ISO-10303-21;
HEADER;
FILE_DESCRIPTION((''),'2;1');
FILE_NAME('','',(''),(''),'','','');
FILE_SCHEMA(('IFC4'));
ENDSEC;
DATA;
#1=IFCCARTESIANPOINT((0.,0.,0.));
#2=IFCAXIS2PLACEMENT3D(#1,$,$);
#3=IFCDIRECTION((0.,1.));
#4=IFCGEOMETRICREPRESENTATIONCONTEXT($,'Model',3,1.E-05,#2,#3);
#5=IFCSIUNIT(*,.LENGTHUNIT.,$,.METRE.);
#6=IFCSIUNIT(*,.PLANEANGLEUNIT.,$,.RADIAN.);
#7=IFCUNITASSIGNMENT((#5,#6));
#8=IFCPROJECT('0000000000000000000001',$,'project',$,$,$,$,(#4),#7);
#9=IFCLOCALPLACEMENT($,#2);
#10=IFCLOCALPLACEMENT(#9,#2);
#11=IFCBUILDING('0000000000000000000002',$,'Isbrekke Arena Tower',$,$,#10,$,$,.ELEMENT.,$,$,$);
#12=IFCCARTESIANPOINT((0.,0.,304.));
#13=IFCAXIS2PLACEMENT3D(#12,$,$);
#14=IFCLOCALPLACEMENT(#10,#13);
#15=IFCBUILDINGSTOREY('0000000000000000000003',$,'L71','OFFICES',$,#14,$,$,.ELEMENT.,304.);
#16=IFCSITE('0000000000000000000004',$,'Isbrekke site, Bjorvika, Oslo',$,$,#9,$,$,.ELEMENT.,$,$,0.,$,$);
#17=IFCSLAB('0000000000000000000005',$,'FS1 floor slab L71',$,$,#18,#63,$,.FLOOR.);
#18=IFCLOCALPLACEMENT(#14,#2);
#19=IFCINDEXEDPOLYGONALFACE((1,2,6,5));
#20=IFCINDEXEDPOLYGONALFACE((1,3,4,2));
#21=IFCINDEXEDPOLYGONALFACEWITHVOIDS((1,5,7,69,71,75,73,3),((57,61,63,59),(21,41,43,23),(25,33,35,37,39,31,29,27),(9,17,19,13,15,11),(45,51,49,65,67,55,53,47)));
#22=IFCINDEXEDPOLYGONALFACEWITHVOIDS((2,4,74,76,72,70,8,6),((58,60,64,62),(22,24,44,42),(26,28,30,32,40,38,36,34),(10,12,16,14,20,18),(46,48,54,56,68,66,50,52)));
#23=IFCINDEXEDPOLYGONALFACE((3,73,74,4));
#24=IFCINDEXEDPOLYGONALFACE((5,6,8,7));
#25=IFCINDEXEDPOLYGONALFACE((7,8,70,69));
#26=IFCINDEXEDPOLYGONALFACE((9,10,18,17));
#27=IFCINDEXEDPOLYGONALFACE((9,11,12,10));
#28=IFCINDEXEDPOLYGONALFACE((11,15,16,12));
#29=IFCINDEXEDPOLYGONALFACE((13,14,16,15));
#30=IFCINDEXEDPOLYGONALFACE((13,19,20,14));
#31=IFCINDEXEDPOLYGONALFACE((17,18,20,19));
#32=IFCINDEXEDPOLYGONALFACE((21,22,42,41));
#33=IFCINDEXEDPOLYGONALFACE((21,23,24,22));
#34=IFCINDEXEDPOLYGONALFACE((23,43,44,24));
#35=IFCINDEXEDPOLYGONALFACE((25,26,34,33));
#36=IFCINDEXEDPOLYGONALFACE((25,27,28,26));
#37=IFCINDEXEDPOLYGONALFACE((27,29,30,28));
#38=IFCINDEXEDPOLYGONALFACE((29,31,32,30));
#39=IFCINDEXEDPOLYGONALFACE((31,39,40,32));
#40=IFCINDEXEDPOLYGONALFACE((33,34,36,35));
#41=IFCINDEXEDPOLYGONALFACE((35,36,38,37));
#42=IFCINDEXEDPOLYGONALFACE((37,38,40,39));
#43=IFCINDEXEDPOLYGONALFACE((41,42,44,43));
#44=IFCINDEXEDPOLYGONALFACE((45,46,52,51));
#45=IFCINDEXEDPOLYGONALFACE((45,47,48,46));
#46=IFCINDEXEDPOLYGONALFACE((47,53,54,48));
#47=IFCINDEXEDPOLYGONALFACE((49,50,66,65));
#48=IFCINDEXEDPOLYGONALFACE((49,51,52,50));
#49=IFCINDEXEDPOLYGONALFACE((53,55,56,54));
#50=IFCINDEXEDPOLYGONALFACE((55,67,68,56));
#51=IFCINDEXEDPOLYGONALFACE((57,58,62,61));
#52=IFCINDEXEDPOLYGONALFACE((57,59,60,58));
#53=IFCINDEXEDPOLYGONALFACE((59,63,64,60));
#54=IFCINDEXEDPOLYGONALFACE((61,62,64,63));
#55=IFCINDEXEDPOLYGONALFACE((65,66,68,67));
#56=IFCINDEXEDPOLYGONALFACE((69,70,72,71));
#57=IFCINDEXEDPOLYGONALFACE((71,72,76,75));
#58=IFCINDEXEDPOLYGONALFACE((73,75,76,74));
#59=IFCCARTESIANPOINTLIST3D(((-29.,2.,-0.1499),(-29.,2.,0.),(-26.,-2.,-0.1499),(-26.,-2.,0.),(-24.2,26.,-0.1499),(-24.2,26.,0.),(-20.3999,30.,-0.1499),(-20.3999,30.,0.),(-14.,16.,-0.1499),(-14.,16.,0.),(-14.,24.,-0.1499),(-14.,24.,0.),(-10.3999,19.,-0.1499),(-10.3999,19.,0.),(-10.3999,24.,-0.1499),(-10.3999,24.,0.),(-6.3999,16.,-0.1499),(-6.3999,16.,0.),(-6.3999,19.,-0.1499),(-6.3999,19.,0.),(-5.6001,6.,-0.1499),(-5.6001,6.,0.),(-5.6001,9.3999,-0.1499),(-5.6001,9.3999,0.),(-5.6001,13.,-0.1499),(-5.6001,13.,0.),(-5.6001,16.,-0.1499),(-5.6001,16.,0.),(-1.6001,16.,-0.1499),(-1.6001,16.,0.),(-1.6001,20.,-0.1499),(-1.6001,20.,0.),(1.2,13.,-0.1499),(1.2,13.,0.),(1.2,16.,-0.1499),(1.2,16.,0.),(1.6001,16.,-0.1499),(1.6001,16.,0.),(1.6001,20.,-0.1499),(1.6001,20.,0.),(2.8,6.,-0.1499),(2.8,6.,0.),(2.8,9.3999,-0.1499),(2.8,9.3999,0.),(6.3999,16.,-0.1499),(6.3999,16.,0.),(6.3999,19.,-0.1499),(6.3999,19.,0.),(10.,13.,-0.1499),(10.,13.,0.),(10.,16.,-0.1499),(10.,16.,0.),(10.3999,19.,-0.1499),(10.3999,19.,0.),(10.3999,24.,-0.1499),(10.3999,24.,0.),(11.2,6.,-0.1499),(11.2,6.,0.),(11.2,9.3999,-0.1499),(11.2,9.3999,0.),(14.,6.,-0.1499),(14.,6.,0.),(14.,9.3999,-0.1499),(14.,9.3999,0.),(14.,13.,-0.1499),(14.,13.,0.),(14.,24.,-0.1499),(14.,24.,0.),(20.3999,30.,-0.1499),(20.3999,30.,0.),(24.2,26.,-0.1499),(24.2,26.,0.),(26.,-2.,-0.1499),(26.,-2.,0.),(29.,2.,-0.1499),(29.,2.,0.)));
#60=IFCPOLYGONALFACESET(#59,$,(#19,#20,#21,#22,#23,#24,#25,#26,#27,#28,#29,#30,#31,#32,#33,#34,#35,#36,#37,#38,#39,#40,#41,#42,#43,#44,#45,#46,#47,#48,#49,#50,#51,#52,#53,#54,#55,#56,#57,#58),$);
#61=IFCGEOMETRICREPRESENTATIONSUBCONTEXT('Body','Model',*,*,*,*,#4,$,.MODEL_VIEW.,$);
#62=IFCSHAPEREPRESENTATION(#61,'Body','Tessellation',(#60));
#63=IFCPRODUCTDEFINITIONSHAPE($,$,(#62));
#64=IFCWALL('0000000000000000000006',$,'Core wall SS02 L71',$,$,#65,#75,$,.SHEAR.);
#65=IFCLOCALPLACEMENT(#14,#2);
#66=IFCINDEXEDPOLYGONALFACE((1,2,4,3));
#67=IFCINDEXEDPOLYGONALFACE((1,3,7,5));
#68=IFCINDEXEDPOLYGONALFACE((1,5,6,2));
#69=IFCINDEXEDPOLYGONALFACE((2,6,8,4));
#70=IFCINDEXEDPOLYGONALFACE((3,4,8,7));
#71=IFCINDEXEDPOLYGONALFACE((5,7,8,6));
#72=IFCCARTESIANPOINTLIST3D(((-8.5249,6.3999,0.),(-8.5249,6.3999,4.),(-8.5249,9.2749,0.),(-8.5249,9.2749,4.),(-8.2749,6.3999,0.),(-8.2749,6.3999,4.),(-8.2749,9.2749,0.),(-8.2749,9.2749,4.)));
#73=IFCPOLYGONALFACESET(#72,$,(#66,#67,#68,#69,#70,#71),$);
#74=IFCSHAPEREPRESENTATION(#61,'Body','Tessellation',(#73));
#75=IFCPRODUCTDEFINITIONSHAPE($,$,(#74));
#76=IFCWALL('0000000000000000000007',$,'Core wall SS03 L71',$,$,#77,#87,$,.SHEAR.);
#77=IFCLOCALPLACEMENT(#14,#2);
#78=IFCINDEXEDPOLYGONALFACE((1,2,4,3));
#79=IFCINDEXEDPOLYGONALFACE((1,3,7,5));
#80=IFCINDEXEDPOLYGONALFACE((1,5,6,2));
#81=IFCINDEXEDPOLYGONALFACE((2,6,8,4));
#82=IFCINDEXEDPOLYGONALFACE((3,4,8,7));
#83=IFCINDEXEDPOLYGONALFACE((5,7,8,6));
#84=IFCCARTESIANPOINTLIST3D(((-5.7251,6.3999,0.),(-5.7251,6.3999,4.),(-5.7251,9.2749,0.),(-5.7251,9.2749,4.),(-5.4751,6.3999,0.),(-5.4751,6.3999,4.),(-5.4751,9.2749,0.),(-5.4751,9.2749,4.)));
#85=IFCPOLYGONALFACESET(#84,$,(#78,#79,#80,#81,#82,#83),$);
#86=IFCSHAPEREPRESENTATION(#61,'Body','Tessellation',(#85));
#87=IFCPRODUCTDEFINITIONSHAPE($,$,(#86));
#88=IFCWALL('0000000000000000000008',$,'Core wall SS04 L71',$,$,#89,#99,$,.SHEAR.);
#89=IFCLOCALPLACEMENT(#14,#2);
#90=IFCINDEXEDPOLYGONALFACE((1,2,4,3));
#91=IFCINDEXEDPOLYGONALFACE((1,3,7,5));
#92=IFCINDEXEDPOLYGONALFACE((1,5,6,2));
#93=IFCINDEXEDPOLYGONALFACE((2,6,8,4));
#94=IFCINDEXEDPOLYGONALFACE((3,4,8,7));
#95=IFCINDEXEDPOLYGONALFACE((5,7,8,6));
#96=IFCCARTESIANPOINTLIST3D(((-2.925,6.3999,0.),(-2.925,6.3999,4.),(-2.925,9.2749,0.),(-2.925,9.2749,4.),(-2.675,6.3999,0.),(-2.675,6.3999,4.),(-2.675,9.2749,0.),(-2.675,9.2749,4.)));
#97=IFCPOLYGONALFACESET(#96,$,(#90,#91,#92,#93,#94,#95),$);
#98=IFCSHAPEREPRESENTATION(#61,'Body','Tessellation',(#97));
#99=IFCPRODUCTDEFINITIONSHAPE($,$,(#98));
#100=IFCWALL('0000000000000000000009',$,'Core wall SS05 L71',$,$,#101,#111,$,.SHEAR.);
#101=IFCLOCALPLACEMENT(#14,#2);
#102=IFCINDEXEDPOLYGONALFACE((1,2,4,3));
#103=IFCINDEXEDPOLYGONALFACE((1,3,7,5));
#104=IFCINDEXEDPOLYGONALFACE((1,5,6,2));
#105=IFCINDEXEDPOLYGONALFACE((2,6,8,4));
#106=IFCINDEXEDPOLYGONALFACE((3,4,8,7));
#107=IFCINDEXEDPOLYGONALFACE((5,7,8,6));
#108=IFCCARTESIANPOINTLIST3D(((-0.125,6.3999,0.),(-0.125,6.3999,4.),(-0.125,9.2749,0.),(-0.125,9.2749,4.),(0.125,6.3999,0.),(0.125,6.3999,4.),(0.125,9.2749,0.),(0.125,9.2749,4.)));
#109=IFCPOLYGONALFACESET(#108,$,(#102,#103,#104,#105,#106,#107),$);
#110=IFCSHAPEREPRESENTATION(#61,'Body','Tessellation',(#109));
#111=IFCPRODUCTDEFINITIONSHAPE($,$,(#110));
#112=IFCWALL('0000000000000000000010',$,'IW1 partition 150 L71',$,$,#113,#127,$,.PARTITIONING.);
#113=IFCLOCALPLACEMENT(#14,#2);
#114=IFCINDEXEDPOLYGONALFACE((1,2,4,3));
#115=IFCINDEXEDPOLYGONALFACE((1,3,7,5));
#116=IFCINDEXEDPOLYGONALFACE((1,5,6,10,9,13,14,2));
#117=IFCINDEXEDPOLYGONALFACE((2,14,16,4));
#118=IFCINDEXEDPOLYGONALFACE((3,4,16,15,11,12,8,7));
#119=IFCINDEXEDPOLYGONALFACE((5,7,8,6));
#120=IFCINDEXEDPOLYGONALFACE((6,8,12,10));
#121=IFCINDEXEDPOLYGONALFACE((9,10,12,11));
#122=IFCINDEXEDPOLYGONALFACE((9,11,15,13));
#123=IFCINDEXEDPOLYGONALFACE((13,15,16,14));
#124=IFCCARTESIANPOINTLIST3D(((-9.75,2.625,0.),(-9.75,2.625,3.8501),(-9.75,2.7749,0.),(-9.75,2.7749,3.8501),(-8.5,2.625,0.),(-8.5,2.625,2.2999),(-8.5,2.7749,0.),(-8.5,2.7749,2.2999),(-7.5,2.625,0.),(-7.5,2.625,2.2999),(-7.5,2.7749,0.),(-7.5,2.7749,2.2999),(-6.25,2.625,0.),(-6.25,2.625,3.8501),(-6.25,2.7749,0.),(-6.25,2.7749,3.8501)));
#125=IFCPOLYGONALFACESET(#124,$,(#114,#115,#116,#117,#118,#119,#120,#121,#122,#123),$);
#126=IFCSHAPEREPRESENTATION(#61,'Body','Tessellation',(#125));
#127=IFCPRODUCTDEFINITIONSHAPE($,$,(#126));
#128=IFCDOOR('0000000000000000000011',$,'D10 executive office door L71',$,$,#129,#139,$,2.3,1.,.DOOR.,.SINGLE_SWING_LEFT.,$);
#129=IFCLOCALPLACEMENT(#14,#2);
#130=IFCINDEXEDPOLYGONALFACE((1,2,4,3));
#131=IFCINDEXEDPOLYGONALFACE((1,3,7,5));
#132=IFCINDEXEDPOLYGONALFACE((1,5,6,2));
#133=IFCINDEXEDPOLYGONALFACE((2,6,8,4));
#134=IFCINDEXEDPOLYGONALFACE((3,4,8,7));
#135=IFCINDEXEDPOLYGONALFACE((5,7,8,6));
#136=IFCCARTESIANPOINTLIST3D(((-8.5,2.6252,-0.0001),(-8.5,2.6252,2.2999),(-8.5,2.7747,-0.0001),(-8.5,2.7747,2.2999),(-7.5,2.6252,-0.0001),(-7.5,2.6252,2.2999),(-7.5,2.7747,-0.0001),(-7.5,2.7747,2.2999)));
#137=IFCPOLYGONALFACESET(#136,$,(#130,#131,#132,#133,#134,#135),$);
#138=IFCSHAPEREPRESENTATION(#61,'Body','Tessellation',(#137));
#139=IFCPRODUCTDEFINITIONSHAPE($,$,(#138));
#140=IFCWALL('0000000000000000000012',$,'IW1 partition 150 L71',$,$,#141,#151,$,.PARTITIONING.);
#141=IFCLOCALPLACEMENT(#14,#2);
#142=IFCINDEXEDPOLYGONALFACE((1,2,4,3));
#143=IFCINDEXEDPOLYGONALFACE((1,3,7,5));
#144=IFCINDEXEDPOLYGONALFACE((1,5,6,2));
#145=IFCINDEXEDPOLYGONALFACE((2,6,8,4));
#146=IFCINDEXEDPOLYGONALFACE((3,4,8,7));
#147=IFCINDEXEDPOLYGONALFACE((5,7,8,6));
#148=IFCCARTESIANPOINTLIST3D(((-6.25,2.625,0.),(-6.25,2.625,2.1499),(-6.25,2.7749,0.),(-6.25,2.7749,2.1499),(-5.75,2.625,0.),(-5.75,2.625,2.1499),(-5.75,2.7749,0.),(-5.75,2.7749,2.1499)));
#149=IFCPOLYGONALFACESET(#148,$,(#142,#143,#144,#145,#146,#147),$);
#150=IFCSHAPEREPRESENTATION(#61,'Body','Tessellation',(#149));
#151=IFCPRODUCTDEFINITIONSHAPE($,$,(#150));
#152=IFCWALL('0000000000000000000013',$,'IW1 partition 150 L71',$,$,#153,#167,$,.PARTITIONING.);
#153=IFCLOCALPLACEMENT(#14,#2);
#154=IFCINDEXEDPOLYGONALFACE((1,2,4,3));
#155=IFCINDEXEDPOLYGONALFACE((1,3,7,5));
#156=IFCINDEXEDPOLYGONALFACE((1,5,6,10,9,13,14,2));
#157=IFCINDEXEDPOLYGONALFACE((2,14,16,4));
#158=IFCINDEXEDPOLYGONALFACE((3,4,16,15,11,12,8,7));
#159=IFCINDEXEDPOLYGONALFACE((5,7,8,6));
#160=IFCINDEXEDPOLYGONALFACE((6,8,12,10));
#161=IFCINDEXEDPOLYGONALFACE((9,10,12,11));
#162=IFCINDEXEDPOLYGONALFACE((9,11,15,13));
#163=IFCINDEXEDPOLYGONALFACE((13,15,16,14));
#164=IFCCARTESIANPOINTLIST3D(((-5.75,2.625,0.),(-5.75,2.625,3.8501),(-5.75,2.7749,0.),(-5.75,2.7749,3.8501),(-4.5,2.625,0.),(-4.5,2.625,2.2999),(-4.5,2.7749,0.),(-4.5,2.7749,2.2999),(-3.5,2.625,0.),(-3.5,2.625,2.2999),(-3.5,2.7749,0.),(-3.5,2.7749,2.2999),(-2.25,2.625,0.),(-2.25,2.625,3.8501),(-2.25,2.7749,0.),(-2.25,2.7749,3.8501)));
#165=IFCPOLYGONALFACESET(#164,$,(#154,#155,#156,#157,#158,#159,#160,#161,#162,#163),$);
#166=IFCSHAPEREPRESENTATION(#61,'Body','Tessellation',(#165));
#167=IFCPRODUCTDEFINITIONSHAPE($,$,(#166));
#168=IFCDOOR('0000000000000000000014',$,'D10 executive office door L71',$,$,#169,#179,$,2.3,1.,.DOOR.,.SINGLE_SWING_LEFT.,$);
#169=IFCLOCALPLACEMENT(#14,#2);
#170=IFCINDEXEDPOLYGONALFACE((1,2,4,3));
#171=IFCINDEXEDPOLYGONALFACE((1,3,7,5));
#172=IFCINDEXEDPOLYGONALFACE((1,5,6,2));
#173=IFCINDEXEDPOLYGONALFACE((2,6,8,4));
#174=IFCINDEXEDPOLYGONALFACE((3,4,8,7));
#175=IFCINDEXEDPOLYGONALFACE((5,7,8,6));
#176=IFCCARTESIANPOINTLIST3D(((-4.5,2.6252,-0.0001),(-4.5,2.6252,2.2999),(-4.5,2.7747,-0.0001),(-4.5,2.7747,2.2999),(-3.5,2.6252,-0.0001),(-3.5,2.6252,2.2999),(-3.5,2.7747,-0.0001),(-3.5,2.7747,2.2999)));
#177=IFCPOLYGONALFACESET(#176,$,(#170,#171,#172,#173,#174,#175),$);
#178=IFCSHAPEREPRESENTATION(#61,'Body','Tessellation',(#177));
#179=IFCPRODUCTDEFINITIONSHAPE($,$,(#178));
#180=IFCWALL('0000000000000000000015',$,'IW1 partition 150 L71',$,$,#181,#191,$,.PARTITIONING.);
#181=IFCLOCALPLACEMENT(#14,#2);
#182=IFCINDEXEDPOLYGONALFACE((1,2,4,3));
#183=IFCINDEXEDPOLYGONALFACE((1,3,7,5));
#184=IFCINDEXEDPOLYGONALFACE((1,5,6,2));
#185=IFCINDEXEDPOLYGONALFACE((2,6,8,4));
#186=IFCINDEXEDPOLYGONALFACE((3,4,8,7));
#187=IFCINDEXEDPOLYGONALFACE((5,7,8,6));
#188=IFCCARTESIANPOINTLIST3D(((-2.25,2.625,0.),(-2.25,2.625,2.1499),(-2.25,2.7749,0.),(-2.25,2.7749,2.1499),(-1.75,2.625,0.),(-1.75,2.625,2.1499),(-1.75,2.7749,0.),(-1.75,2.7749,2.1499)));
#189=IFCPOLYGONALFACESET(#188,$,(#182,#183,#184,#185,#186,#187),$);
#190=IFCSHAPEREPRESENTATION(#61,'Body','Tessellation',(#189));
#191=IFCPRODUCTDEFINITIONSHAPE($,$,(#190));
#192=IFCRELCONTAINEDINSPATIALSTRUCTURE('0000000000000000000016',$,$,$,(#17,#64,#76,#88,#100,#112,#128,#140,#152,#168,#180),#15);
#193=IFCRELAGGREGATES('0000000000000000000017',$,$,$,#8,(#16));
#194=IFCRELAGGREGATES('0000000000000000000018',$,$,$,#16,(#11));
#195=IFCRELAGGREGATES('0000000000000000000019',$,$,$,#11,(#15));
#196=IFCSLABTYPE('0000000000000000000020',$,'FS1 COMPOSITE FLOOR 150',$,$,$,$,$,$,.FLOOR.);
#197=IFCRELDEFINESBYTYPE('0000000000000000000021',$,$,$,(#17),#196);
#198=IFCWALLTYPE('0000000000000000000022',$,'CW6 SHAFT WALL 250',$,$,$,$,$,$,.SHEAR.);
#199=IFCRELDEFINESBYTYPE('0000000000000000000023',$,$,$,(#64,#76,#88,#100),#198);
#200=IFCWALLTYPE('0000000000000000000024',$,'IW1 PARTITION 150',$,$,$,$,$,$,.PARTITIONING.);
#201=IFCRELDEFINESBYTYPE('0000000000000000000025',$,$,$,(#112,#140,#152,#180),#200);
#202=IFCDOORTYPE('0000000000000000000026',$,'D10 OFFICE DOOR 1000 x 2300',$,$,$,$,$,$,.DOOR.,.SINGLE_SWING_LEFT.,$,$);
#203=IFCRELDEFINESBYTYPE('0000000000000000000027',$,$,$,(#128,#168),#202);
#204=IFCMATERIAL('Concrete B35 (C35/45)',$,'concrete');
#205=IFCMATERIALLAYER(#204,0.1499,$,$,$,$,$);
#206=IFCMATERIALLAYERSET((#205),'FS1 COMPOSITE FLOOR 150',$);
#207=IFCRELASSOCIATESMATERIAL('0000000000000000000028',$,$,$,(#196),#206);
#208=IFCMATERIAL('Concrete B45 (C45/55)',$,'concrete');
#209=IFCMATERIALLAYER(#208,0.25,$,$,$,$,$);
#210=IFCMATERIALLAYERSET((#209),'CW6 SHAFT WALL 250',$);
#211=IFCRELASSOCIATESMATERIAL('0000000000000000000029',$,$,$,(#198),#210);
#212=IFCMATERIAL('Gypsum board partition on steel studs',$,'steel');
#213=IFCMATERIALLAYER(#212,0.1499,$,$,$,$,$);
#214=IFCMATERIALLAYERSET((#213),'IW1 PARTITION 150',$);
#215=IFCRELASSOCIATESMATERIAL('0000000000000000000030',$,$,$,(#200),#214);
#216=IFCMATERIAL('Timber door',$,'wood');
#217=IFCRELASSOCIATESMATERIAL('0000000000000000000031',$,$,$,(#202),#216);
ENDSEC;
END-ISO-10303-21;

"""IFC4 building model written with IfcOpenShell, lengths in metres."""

from ifc_helpers import new_model, si_unit, direction, frame, frame_2d, origin, place, context, subcontext, project, spatial, polyline, rectangle, outline, extrude, material, layer, layer_set, type_object, element, fill, save


model = new_model("IFC4")

# Units and contexts
model_context = context("Model", 3, precision=1e-05, world=origin(), true_north=direction((0.0, 1.0)))
body_context = subcontext(model_context, "Body", "Model", "MODEL_VIEW")
ifc_project = project(units=[si_unit("LENGTHUNIT", "METRE"), si_unit("PLANEANGLEUNIT", "RADIAN")], contexts=[model_context])

# Site, building, storey
site_placement = place(None, origin())
site = spatial("IfcSite", under=ifc_project, at=site_placement, Name="Isbrekke site, Bjorvika, Oslo", CompositionType="ELEMENT", RefElevation=0.0)
building_placement = place(site_placement, origin())
building = spatial("IfcBuilding", under=site, at=building_placement, Name="Isbrekke Arena Tower", CompositionType="ELEMENT")
storey_placement = place(building_placement, frame((0.0, 0.0, 304.0)))
storey = spatial("IfcBuildingStorey", under=building, at=storey_placement, Name="L71", Description="OFFICES", CompositionType="ELEMENT", Elevation=304.0)

# Slab
ifc_material_1 = material(Name="Concrete B35 (C35/45)", Category="concrete")
ifc_layer_1 = layer(ifc_material_1, 0.1499)
ifc_layer_set_1 = layer_set([ifc_layer_1], Name="FS1 COMPOSITE FLOOR 150")
slab_type = type_object("IfcSlabType", Name="FS1 COMPOSITE FLOOR 150", PredefinedType="FLOOR", material=ifc_layer_set_1)
slab_placement = place(storey_placement, frame((0.0, 0.0, -0.1499)))
element("IfcSlab", 1, at=slab_placement, inside=storey, type_object=slab_type, Name="FS1 floor slab L71", PredefinedType="FLOOR", context=body_context, shape_type="SweptSolid", body=[
    extrude(outline(polyline([(-26.0, -2.0), (26.0, -2.0), (29.0, 2.0), (24.2, 26.0), (20.3999, 30.0), (-20.3999, 30.0), (-24.2, 26.0), (-29.0, 2.0), (-26.0, -2.0)]), holes=[polyline([(2.8, 9.3999), (2.8, 6.0), (-5.6001, 6.0), (-5.6001, 9.3999), (2.8, 9.3999)]), polyline([(11.2, 6.0), (11.2, 9.3999), (14.0, 9.3999), (14.0, 6.0), (11.2, 6.0)]), polyline([(-5.6001, 13.0), (-5.6001, 16.0), (-1.6001, 16.0), (-1.6001, 20.0), (1.6001, 20.0), (1.6001, 16.0), (1.2, 16.0), (1.2, 13.0), (-5.6001, 13.0)]), polyline([(14.0, 13.0), (10.0, 13.0), (10.0, 16.0), (6.3999, 16.0), (6.3999, 19.0), (10.3999, 19.0), (10.3999, 24.0), (14.0, 24.0), (14.0, 13.0)]), polyline([(-6.3999, 19.0), (-6.3999, 16.0), (-14.0, 16.0), (-14.0, 24.0), (-10.3999, 24.0), (-10.3999, 19.0), (-6.3999, 19.0)])]), origin(), (0.0, 0.0, 1.0), 0.1499),
])

# Walls
ifc_material_2 = material(Name="Concrete B45 (C45/55)", Category="concrete")
ifc_layer_2 = layer(ifc_material_2, 0.25)
ifc_layer_set_2 = layer_set([ifc_layer_2], Name="CW6 SHAFT WALL 250")
wall_type_1 = type_object("IfcWallType", Name="CW6 SHAFT WALL 250", PredefinedType="SHEAR", material=ifc_layer_set_2)
for number, where, z_axis, x_axis, name in (
    (2, (-8.3999, 6.3999, 0.0), (0.0, 0.0, 1.0), (0.0, 1.0, 0.0), "Core wall SS02 L71"),
    (3, (-5.6001, 6.3999, 0.0), (0.0, 0.0, 1.0), (0.0, 1.0, 0.0), "Core wall SS03 L71"),
    (4, (-2.8, 6.3999, 0.0), (0.0, 0.0, 1.0), (0.0, 1.0, 0.0), "Core wall SS04 L71"),
    (5, (0.0, 6.3999, 0.0), (0.0, 0.0, 1.0), (0.0, 1.0, 0.0), "Core wall SS05 L71"),
):
    element("IfcWall", number, at=place(storey_placement, frame(where, z_axis=z_axis, x_axis=x_axis)), inside=storey, type_object=wall_type_1, Name=name, PredefinedType="SHEAR", context=body_context, shape_type="SweptSolid", body=[
        extrude(rectangle(XDim=2.875, YDim=0.25, at=frame_2d((1.4375, 0.0))), origin(), (0.0, 0.0, 1.0), 4.0),
    ])

# Wall, opening, door
ifc_material_3 = material(Name="Gypsum board partition on steel studs", Category="steel")
ifc_layer_3 = layer(ifc_material_3, 0.1499)
ifc_layer_set_3 = layer_set([ifc_layer_3], Name="IW1 PARTITION 150")
wall_type_2 = type_object("IfcWallType", Name="IW1 PARTITION 150", PredefinedType="PARTITIONING", material=ifc_layer_set_3)
wall_1_placement = place(storey_placement, frame((-9.75, 2.7, 0.0), z_axis=(0.0, 0.0, 1.0), x_axis=(1.0, 0.0, 0.0)))
wall_1 = element("IfcWall", 6, at=wall_1_placement, inside=storey, type_object=wall_type_2, Name="IW1 partition 150 L71", PredefinedType="PARTITIONING", context=body_context, shape_type="SweptSolid", body=[
    extrude(rectangle(XDim=3.5, YDim=0.1499, at=frame_2d((1.75, 0.0))), origin(), (0.0, 0.0, 1.0), 3.8501),
])
opening_1_placement = place(wall_1_placement, frame((1.25, 0.0, 0.0)))
opening_1 = element("IfcOpeningElement", 7, at=opening_1_placement, cuts=wall_1, PredefinedType="OPENING", context=body_context, shape_type="SweptSolid", body=[
    extrude(rectangle(XDim=1.0, YDim=2.3, at=frame_2d((0.5, 1.1499))), frame((0.0, 0.0898, 0.0), z_axis=(0.0, -1.0, 0.0), x_axis=(1.0, 0.0, 0.0)), (0.0, 0.0, 1.0), 0.1797),
])
ifc_material_4 = material(Name="Timber door", Category="wood")
door_type_1 = type_object("IfcDoorType", Name="D10 OFFICE DOOR 1000 x 2300", OperationType="SINGLE_SWING_LEFT", PredefinedType="DOOR", material=ifc_material_4)
door_1_placement = place(opening_1_placement, origin())
door_1 = element("IfcDoor", 8, at=door_1_placement, inside=storey, type_object=door_type_1, Name="D10 executive office door L71", OperationType="SINGLE_SWING_LEFT", OverallHeight=2.3, OverallWidth=1.0, PredefinedType="DOOR", context=body_context, shape_type="SweptSolid", body=[
    extrude(rectangle(XDim=1.0, YDim=2.3, at=frame_2d((0.5, 1.1499))), frame((0.0, 0.0747, 0.0), z_axis=(0.0, -1.0, 0.0), x_axis=(1.0, 0.0, 0.0)), (0.0, 0.0, 1.0), 0.1494),
])
fill(opening_1, door_1)

# Wall
wall_2_placement = place(storey_placement, frame((-6.25, 2.7, 0.0), z_axis=(0.0, 0.0, 1.0), x_axis=(1.0, 0.0, 0.0)))
element("IfcWall", 9, at=wall_2_placement, inside=storey, type_object=wall_type_2, Name="IW1 partition 150 L71", PredefinedType="PARTITIONING", context=body_context, shape_type="SweptSolid", body=[
    extrude(rectangle(XDim=0.5, YDim=0.1499, at=frame_2d((0.25, 0.0))), origin(), (0.0, 0.0, 1.0), 2.1499),
])

# Wall, opening, door
wall_3_placement = place(storey_placement, frame((-5.75, 2.7, 0.0), z_axis=(0.0, 0.0, 1.0), x_axis=(1.0, 0.0, 0.0)))
wall_3 = element("IfcWall", 10, at=wall_3_placement, inside=storey, type_object=wall_type_2, Name="IW1 partition 150 L71", PredefinedType="PARTITIONING", context=body_context, shape_type="SweptSolid", body=[
    extrude(rectangle(XDim=3.5, YDim=0.1499, at=frame_2d((1.75, 0.0))), origin(), (0.0, 0.0, 1.0), 3.8501),
])
opening_2_placement = place(wall_3_placement, frame((1.25, 0.0, 0.0)))
opening_2 = element("IfcOpeningElement", 11, at=opening_2_placement, cuts=wall_3, PredefinedType="OPENING", context=body_context, shape_type="SweptSolid", body=[
    extrude(rectangle(XDim=1.0, YDim=2.3, at=frame_2d((0.5, 1.1499))), frame((0.0, 0.0898, 0.0), z_axis=(0.0, -1.0, 0.0), x_axis=(1.0, 0.0, 0.0)), (0.0, 0.0, 1.0), 0.1797),
])
door_2_placement = place(opening_2_placement, origin())
door_2 = element("IfcDoor", 12, at=door_2_placement, inside=storey, type_object=door_type_1, Name="D10 executive office door L71", OperationType="SINGLE_SWING_LEFT", OverallHeight=2.3, OverallWidth=1.0, PredefinedType="DOOR", context=body_context, shape_type="SweptSolid", body=[
    extrude(rectangle(XDim=1.0, YDim=2.3, at=frame_2d((0.5, 1.1499))), frame((0.0, 0.0747, 0.0), z_axis=(0.0, -1.0, 0.0), x_axis=(1.0, 0.0, 0.0)), (0.0, 0.0, 1.0), 0.1494),
])
fill(opening_2, door_2)

# Wall
wall_4_placement = place(storey_placement, frame((-2.25, 2.7, 0.0), z_axis=(0.0, 0.0, 1.0), x_axis=(1.0, 0.0, 0.0)))
element("IfcWall", 13, at=wall_4_placement, inside=storey, type_object=wall_type_2, Name="IW1 partition 150 L71", PredefinedType="PARTITIONING", context=body_context, shape_type="SweptSolid", body=[
    extrude(rectangle(XDim=0.5, YDim=0.1499, at=frame_2d((0.25, 0.0))), origin(), (0.0, 0.0, 1.0), 2.1499),
])

save(model, "model.ifc")
